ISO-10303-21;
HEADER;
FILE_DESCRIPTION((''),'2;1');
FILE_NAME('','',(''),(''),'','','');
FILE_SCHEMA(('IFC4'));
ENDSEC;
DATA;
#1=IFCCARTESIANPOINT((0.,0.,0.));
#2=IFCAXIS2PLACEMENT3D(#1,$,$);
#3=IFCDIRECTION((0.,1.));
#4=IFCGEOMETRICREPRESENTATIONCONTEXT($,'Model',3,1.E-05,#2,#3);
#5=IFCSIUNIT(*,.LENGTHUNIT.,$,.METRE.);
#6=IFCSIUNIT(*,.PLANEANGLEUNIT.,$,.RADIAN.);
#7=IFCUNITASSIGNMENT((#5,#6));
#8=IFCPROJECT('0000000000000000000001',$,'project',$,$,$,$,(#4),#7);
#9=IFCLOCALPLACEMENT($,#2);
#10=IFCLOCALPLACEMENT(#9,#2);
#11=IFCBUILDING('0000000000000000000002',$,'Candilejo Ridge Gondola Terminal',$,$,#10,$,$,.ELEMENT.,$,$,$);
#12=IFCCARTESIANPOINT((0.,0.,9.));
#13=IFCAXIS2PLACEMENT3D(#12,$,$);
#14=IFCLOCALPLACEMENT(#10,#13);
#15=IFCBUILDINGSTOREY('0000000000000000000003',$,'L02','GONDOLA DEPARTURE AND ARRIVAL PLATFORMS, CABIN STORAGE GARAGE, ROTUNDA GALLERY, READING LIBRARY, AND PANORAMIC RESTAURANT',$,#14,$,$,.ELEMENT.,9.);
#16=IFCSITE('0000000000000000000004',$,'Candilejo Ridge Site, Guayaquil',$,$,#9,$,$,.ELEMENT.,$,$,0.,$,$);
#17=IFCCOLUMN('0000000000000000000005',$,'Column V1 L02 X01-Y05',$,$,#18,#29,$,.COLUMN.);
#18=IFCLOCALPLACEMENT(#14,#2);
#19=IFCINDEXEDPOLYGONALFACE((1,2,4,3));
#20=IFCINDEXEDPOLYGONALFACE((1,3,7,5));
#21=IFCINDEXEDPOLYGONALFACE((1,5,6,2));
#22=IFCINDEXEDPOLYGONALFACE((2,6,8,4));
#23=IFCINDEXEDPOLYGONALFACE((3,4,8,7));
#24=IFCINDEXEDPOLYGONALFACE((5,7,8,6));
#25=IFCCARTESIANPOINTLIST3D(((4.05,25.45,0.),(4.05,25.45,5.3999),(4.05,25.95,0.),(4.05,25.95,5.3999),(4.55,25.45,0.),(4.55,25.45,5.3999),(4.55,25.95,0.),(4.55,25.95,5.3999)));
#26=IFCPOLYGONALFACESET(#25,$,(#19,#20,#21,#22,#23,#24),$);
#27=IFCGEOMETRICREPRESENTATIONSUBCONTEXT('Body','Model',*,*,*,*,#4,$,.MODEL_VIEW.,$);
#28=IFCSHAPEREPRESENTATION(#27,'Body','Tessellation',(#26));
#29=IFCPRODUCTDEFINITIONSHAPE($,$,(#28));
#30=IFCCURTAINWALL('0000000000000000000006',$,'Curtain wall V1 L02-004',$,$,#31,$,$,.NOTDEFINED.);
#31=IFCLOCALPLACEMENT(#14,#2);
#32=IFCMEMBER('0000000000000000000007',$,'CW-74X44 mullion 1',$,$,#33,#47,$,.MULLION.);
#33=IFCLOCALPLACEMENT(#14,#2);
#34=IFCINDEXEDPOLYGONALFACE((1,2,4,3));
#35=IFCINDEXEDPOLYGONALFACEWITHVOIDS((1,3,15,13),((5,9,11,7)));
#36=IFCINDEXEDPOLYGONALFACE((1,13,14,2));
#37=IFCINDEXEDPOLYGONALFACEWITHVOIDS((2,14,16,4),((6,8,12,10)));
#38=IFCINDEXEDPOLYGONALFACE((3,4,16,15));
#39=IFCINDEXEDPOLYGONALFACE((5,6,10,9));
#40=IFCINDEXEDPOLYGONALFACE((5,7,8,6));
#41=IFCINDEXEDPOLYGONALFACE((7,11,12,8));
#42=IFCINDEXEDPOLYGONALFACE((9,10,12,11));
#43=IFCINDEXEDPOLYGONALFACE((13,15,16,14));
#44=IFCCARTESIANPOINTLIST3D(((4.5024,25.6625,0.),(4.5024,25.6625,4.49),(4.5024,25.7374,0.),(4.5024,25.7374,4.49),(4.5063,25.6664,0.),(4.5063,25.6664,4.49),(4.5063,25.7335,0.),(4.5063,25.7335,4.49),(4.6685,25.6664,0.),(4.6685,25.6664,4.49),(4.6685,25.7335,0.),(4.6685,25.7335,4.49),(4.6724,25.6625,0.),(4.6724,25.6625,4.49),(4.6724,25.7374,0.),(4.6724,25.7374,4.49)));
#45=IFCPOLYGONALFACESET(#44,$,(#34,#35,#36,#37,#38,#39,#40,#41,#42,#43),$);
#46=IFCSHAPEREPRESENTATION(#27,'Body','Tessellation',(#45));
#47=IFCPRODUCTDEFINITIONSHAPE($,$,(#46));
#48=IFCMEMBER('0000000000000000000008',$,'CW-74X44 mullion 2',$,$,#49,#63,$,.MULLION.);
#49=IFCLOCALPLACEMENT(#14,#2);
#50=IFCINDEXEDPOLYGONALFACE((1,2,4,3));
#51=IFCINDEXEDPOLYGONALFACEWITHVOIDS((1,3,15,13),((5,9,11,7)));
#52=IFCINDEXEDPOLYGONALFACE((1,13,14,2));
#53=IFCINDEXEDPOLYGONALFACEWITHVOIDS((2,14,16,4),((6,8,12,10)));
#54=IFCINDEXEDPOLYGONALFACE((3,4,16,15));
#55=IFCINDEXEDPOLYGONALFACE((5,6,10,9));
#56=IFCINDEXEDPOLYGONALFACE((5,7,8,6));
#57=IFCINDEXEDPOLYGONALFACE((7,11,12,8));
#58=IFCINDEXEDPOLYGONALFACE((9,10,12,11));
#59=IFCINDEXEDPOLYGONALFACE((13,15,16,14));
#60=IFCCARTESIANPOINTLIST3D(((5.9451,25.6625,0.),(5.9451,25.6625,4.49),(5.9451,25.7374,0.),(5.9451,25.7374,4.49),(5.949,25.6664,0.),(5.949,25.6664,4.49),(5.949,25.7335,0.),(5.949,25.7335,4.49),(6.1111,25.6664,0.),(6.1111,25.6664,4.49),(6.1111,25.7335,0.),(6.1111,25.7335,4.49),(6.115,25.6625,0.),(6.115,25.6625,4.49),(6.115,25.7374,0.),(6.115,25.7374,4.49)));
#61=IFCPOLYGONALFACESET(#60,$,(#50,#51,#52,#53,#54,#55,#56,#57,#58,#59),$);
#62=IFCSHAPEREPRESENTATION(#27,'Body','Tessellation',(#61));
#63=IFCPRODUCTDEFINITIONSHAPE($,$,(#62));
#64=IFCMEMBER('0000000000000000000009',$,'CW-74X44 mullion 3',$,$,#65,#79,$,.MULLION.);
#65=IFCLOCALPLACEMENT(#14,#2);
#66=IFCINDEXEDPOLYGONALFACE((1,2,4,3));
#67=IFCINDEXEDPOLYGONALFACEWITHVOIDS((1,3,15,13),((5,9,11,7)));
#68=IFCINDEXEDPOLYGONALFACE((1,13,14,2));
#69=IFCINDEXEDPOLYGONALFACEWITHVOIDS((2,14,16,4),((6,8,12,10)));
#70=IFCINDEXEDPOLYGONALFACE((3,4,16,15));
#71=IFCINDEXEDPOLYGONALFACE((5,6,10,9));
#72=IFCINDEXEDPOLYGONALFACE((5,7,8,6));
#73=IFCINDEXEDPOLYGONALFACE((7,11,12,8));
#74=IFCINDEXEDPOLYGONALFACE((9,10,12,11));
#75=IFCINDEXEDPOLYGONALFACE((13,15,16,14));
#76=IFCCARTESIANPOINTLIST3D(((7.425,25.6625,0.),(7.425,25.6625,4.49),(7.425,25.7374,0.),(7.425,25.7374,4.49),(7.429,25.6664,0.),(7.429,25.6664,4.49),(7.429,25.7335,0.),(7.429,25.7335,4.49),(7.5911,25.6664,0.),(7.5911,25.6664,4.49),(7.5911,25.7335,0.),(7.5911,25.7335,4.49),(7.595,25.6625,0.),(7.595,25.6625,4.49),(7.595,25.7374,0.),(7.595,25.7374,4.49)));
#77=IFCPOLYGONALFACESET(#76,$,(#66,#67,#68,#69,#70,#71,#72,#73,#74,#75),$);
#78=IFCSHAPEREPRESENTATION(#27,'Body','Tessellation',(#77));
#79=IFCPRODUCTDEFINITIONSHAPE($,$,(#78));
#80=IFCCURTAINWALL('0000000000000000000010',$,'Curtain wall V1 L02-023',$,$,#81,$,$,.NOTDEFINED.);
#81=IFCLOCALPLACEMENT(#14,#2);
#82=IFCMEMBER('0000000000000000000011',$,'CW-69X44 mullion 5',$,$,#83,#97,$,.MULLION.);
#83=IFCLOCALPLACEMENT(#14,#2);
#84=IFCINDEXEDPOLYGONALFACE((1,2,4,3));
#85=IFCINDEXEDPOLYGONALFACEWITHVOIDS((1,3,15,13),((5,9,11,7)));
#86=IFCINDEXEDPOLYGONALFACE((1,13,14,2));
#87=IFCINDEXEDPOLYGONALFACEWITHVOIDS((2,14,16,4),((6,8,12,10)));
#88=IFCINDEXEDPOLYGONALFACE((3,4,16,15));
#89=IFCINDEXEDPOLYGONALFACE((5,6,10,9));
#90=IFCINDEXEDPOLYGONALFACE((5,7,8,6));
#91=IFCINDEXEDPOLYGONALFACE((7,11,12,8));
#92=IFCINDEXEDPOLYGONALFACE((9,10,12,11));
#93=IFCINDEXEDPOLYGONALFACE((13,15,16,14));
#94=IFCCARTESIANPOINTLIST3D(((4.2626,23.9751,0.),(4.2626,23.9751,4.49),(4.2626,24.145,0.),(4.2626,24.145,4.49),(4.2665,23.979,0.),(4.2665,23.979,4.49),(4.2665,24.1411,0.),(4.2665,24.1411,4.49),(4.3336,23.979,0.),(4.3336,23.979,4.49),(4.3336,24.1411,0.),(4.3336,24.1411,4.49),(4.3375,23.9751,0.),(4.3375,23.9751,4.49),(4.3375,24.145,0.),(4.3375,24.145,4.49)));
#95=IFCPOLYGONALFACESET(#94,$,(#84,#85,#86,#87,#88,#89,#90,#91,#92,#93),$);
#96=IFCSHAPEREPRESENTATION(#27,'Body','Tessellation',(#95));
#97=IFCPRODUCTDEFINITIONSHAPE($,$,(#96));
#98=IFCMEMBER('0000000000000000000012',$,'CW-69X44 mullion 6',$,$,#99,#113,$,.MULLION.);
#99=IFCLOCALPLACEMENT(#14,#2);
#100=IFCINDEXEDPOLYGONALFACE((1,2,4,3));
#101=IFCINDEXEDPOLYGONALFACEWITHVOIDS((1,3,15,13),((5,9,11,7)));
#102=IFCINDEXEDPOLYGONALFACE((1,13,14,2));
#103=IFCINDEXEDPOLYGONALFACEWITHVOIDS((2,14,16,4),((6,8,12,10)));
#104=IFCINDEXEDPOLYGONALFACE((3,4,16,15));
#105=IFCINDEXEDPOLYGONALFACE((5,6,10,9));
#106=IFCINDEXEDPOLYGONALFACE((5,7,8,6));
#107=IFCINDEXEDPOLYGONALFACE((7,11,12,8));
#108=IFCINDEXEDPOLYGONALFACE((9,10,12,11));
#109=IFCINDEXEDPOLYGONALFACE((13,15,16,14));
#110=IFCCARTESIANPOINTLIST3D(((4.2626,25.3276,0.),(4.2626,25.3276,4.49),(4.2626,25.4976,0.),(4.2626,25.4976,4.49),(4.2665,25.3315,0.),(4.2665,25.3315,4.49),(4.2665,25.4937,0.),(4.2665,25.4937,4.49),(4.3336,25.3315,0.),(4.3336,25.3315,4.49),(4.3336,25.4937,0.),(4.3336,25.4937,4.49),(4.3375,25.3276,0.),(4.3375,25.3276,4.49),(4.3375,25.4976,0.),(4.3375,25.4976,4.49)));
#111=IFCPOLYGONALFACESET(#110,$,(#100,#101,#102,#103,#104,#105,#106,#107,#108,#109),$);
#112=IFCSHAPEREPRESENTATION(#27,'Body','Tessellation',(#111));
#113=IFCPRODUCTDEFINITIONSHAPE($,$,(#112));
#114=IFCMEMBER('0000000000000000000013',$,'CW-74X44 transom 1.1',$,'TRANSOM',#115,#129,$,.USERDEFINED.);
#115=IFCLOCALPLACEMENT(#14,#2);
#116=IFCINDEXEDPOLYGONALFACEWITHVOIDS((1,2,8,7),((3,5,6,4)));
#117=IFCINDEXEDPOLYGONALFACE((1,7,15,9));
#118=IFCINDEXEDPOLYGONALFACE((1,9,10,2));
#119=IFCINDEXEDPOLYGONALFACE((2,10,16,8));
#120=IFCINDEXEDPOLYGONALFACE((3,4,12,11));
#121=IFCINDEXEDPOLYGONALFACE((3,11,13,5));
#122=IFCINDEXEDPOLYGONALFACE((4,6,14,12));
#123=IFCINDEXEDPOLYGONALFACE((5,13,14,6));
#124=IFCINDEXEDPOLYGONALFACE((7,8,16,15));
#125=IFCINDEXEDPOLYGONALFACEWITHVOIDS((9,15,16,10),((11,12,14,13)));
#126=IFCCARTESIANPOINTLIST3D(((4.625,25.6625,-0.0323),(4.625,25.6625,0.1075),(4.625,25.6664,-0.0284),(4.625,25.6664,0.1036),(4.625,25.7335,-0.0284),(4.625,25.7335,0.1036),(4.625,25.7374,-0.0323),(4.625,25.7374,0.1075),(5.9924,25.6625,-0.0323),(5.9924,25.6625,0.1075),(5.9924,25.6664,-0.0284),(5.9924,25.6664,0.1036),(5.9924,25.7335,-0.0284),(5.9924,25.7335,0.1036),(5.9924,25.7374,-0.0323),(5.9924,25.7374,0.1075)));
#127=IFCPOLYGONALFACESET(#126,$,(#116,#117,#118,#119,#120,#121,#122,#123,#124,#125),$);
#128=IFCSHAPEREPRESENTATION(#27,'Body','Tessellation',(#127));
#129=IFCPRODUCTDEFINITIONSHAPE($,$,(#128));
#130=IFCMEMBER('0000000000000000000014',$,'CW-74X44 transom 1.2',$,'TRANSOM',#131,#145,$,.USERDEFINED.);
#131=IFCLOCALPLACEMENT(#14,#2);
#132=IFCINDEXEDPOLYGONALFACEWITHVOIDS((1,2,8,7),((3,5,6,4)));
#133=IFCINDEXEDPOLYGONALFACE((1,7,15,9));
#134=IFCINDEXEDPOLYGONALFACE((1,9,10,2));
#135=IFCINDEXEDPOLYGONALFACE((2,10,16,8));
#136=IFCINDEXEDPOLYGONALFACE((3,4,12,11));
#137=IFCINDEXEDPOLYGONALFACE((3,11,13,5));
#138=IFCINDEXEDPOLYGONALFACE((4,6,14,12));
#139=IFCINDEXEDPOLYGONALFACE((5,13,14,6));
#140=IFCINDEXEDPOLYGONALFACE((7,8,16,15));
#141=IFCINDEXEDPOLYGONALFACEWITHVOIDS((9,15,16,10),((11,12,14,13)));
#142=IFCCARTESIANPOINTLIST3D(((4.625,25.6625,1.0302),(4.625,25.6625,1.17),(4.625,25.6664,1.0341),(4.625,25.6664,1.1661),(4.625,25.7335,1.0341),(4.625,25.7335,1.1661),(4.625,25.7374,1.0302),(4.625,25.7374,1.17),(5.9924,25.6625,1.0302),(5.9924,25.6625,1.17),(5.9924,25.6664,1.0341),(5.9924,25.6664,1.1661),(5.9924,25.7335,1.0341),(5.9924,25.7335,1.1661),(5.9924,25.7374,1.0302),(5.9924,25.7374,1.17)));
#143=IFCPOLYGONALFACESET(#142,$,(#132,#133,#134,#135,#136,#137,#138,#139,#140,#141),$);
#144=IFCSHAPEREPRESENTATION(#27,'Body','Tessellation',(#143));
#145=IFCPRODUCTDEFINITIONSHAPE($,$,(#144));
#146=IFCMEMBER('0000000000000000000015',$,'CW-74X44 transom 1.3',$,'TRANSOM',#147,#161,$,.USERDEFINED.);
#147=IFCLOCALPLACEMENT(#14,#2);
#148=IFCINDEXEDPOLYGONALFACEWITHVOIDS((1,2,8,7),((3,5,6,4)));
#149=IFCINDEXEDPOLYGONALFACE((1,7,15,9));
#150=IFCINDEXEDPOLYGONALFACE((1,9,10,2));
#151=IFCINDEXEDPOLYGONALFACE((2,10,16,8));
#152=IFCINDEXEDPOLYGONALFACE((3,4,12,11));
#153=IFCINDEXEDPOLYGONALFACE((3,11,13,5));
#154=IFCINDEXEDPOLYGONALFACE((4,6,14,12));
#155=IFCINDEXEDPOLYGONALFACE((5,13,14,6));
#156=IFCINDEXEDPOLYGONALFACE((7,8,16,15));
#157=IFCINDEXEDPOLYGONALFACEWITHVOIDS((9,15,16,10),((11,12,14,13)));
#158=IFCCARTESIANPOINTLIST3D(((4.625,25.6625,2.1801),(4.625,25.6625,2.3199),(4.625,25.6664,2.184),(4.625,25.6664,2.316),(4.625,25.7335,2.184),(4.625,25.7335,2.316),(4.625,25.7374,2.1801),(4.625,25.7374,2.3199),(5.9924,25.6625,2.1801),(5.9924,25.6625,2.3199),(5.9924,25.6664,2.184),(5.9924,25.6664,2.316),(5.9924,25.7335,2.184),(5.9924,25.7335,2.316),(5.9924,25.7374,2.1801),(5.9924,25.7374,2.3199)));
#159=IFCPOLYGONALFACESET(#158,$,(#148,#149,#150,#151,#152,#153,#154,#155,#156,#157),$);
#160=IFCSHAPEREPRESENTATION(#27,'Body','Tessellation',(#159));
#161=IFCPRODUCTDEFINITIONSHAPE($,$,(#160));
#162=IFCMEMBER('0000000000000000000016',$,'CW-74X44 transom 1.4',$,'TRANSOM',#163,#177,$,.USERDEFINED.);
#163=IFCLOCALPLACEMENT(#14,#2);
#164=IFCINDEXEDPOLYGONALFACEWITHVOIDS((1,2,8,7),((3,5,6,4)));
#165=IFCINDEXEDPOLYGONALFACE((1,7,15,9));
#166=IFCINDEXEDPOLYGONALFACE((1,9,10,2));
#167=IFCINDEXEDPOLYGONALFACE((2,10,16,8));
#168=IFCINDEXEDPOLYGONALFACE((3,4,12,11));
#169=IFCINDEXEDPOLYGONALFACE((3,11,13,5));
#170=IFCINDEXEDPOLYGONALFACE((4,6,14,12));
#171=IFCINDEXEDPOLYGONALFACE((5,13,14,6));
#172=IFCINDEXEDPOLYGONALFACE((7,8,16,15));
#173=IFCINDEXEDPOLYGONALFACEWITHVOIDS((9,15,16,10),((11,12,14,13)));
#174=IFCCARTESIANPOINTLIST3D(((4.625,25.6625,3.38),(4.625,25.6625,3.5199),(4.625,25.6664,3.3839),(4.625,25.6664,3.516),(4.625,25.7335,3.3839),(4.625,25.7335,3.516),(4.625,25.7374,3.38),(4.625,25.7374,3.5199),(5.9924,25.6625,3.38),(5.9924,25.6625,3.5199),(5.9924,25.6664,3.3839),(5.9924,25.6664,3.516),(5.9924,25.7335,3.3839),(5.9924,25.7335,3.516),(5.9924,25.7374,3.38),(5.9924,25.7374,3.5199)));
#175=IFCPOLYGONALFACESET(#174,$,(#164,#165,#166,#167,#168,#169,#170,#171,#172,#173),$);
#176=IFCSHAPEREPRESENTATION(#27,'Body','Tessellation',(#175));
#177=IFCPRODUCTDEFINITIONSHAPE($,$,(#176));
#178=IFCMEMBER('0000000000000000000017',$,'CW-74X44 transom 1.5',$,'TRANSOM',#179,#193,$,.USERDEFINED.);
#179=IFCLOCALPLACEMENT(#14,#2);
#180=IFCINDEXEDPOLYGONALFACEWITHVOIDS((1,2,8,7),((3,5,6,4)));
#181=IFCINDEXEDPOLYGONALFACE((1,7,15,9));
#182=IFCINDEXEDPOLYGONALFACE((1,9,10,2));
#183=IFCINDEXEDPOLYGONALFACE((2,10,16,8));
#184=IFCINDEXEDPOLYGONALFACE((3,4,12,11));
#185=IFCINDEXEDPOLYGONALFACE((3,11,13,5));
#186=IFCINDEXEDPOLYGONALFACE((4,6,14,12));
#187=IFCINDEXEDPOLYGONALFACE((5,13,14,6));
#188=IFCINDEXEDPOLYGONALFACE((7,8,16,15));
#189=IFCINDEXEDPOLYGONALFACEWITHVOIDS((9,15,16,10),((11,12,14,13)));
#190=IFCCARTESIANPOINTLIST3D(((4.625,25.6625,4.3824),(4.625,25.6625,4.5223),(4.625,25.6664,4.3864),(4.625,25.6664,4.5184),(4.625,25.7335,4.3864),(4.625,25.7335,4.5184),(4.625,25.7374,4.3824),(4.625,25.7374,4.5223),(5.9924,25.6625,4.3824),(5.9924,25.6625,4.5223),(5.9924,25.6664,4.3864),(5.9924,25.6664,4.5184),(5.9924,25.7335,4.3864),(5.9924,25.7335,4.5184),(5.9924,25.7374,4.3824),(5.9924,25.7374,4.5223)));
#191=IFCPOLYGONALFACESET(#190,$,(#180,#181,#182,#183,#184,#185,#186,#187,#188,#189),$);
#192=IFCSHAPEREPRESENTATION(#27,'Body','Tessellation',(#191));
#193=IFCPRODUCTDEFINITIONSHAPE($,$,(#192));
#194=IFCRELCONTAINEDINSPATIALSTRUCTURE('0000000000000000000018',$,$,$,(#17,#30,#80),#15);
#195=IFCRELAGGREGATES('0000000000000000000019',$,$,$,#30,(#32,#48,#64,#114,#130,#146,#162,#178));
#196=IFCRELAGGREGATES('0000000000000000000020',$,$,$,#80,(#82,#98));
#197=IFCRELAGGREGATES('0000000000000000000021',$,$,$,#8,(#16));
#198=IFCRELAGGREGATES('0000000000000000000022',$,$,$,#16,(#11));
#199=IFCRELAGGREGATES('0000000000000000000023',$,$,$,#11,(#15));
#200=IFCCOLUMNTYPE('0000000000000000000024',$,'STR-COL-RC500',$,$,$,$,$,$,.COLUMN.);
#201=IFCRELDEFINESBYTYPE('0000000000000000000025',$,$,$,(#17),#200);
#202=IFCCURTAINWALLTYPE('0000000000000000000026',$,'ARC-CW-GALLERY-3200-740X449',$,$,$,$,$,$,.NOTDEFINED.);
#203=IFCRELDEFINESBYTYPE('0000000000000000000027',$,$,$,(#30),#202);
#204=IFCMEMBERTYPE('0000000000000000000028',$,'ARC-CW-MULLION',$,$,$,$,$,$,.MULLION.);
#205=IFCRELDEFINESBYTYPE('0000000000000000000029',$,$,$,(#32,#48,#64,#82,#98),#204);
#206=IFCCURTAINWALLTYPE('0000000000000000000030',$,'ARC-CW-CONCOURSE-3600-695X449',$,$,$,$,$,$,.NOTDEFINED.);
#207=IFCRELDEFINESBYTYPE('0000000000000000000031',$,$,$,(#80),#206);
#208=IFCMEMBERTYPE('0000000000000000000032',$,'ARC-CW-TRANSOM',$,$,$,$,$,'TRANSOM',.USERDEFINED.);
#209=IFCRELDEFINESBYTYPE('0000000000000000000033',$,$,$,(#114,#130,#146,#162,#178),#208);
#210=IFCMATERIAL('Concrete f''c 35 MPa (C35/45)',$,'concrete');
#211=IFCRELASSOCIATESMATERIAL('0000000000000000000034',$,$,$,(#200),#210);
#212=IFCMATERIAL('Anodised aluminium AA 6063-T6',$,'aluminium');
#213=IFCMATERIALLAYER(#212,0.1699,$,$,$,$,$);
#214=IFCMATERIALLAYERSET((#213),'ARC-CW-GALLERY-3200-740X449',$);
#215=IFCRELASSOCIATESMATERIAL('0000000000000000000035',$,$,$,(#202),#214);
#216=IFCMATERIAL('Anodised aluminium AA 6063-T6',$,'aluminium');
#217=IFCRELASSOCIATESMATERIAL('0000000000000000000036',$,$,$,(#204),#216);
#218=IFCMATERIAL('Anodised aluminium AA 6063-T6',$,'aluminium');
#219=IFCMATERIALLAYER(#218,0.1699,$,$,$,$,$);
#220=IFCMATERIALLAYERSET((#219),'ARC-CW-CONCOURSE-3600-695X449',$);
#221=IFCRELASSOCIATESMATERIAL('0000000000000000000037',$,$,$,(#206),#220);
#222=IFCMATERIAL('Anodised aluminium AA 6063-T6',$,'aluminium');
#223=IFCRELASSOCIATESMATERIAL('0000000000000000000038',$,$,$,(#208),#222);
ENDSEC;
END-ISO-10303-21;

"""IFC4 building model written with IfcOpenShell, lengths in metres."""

from ifc_helpers import new_model, si_unit, direction, frame, origin, origin_2d, place, context, subcontext, project, spatial, rectangle, hollow_rectangle, extrude, material, layer, layer_set, material_profile, profile_set, type_object, element, aggregate, save


model = new_model("IFC4")

# Units and contexts
model_context = context("Model", 3, precision=1e-05, world=origin(), true_north=direction((0.0, 1.0)))
body_context = subcontext(model_context, "Body", "Model", "MODEL_VIEW")
ifc_project = project(units=[si_unit("LENGTHUNIT", "METRE"), si_unit("PLANEANGLEUNIT", "RADIAN")], contexts=[model_context])

# Site, building, storey
site_placement = place(None, origin())
site = spatial("IfcSite", under=ifc_project, at=site_placement, Name="Candilejo Ridge Site, Guayaquil", CompositionType="ELEMENT", RefElevation=0.0)
building_placement = place(site_placement, origin())
building = spatial("IfcBuilding", under=site, at=building_placement, Name="Candilejo Ridge Gondola Terminal", CompositionType="ELEMENT")
storey_placement = place(building_placement, frame((0.0, 0.0, 9.0)))
storey = spatial("IfcBuildingStorey", under=building, at=storey_placement, Name="L02", Description="GONDOLA DEPARTURE AND ARRIVAL PLATFORMS, CABIN STORAGE GARAGE, ROTUNDA GALLERY, READING LIBRARY, AND PANORAMIC RESTAURANT", CompositionType="ELEMENT", Elevation=9.0)

# Column
ifc_material_1 = material(Name="Concrete f'c 35 MPa (C35/45)", Category="concrete")
ifc_material_profile_1 = material_profile(ifc_material_1, rectangle(XDim=0.5, YDim=0.5, at=origin_2d()))
ifc_profile_set_1 = profile_set([ifc_material_profile_1], Name="Concrete f'c 35 MPa (C35/45)")
column_type = type_object("IfcColumnType", Name="STR-COL-RC500", PredefinedType="COLUMN", material=ifc_profile_set_1)
column_placement = place(storey_placement, frame((4.3, 25.7, 0.0), z_axis=(0.0, 0.0, 1.0), x_axis=(1.0, 0.0, 0.0)))
element("IfcColumn", 1, at=column_placement, inside=storey, type_object=column_type, Name="Column V1 L02 X01-Y05", PredefinedType="COLUMN", context=body_context, shape_type="SweptSolid", body=[
    extrude(rectangle(XDim=0.5, YDim=0.5, at=origin_2d()), origin(), (0.0, 0.0, 1.0), 5.3999),
])

# Curtain walls, members
ifc_material_2 = material(Name="Anodised aluminium AA 6063-T6", Category="aluminium")
ifc_layer_1 = layer(ifc_material_2, 0.1699)
ifc_layer_set_1 = layer_set([ifc_layer_1], Name="ARC-CW-GALLERY-3200-740X449")
curtain_wall_type_1 = type_object("IfcCurtainWallType", Name="ARC-CW-GALLERY-3200-740X449", PredefinedType="NOTDEFINED", material=ifc_layer_set_1)
curtain_wall_1_placement = place(storey_placement, origin())
curtain_wall_1 = element("IfcCurtainWall", 2, at=curtain_wall_1_placement, inside=storey, type_object=curtain_wall_type_1, Name="Curtain wall V1 L02-004", PredefinedType="NOTDEFINED")
ifc_material_3 = material(Name="Anodised aluminium AA 6063-T6", Category="aluminium")
ifc_material_profile_2 = material_profile(ifc_material_3, hollow_rectangle(XDim=0.075, YDim=0.1699, WallThickness=0.0039, at=origin_2d()))
ifc_profile_set_2 = profile_set([ifc_material_profile_2], Name="Anodised aluminium AA 6063-T6")
member_type_1 = type_object("IfcMemberType", Name="ARC-CW-MULLION", PredefinedType="MULLION", material=ifc_profile_set_2)
member_1_placement = place(storey_placement, frame((4.5874, 25.7, 0.0), z_axis=(0.0, 0.0, 1.0), x_axis=(0.0, 1.0, 0.0)))
member_1 = element("IfcMember", 3, at=member_1_placement, type_object=member_type_1, Name="CW-74X44 mullion 1", PredefinedType="MULLION", context=body_context, shape_type="SweptSolid", body=[
    extrude(hollow_rectangle(XDim=0.075, YDim=0.1699, WallThickness=0.0039, at=origin_2d()), origin(), (0.0, 0.0, 1.0), 4.49),
])
member_2_placement = place(storey_placement, frame((6.03, 25.7, 0.0), z_axis=(0.0, 0.0, 1.0), x_axis=(0.0, 1.0, 0.0)))
member_2 = element("IfcMember", 4, at=member_2_placement, type_object=member_type_1, Name="CW-74X44 mullion 2", PredefinedType="MULLION", context=body_context, shape_type="SweptSolid", body=[
    extrude(hollow_rectangle(XDim=0.075, YDim=0.1699, WallThickness=0.0039, at=origin_2d()), origin(), (0.0, 0.0, 1.0), 4.49),
])
member_3_placement = place(storey_placement, frame((7.51, 25.7, 0.0), z_axis=(0.0, 0.0, 1.0), x_axis=(0.0, 1.0, 0.0)))
member_3 = element("IfcMember", 5, at=member_3_placement, type_object=member_type_1, Name="CW-74X44 mullion 3", PredefinedType="MULLION", context=body_context, shape_type="SweptSolid", body=[
    extrude(hollow_rectangle(XDim=0.075, YDim=0.1699, WallThickness=0.0039, at=origin_2d()), origin(), (0.0, 0.0, 1.0), 4.49),
])
ifc_material_4 = material(Name="Anodised aluminium AA 6063-T6", Category="aluminium")
ifc_layer_2 = layer(ifc_material_4, 0.1699)
ifc_layer_set_2 = layer_set([ifc_layer_2], Name="ARC-CW-CONCOURSE-3600-695X449")
curtain_wall_type_2 = type_object("IfcCurtainWallType", Name="ARC-CW-CONCOURSE-3600-695X449", PredefinedType="NOTDEFINED", material=ifc_layer_set_2)
curtain_wall_2_placement = place(storey_placement, origin())
curtain_wall_2 = element("IfcCurtainWall", 6, at=curtain_wall_2_placement, inside=storey, type_object=curtain_wall_type_2, Name="Curtain wall V1 L02-023", PredefinedType="NOTDEFINED")
member_4_placement = place(storey_placement, frame((4.3, 24.0601, 0.0), z_axis=(0.0, 0.0, 1.0), x_axis=(-1.0, 0.0, 0.0)))
member_4 = element("IfcMember", 7, at=member_4_placement, type_object=member_type_1, Name="CW-69X44 mullion 5", PredefinedType="MULLION", context=body_context, shape_type="SweptSolid", body=[
    extrude(hollow_rectangle(XDim=0.075, YDim=0.1699, WallThickness=0.0039, at=origin_2d()), origin(), (0.0, 0.0, 1.0), 4.49),
])
member_5_placement = place(storey_placement, frame((4.3, 25.4126, 0.0), z_axis=(0.0, 0.0, 1.0), x_axis=(-1.0, 0.0, 0.0)))
member_5 = element("IfcMember", 8, at=member_5_placement, type_object=member_type_1, Name="CW-69X44 mullion 6", PredefinedType="MULLION", context=body_context, shape_type="SweptSolid", body=[
    extrude(hollow_rectangle(XDim=0.075, YDim=0.1699, WallThickness=0.0039, at=origin_2d()), origin(), (0.0, 0.0, 1.0), 4.49),
])

# Members
ifc_material_5 = material(Name="Anodised aluminium AA 6063-T6", Category="aluminium")
ifc_material_profile_3 = material_profile(ifc_material_5, hollow_rectangle(XDim=0.075, YDim=0.1399, WallThickness=0.0039, at=origin_2d()))
ifc_profile_set_3 = profile_set([ifc_material_profile_3], Name="Anodised aluminium AA 6063-T6")
member_type_2 = type_object("IfcMemberType", Name="ARC-CW-TRANSOM", ElementType="TRANSOM", PredefinedType="USERDEFINED", material=ifc_profile_set_3)
member_6_placement = place(storey_placement, frame((4.625, 25.7, 0.0376), z_axis=(1.0, 0.0, 0.0), x_axis=(0.0, 1.0, 0.0)))
member_6 = element("IfcMember", 9, at=member_6_placement, type_object=member_type_2, Name="CW-74X44 transom 1.1", ObjectType="TRANSOM", PredefinedType="USERDEFINED", context=body_context, shape_type="SweptSolid", body=[
    extrude(hollow_rectangle(XDim=0.075, YDim=0.1399, WallThickness=0.0039, at=origin_2d()), origin(), (0.0, 0.0, 1.0), 1.3674),
])
member_7_placement = place(storey_placement, frame((4.625, 25.7, 1.1001), z_axis=(1.0, 0.0, 0.0), x_axis=(0.0, 1.0, 0.0)))
member_7 = element("IfcMember", 10, at=member_7_placement, type_object=member_type_2, Name="CW-74X44 transom 1.2", ObjectType="TRANSOM", PredefinedType="USERDEFINED", context=body_context, shape_type="SweptSolid", body=[
    extrude(hollow_rectangle(XDim=0.075, YDim=0.1399, WallThickness=0.0039, at=origin_2d()), origin(), (0.0, 0.0, 1.0), 1.3674),
])
member_8_placement = place(storey_placement, frame((4.625, 25.7, 2.25), z_axis=(1.0, 0.0, 0.0), x_axis=(0.0, 1.0, 0.0)))
member_8 = element("IfcMember", 11, at=member_8_placement, type_object=member_type_2, Name="CW-74X44 transom 1.3", ObjectType="TRANSOM", PredefinedType="USERDEFINED", context=body_context, shape_type="SweptSolid", body=[
    extrude(hollow_rectangle(XDim=0.075, YDim=0.1399, WallThickness=0.0039, at=origin_2d()), origin(), (0.0, 0.0, 1.0), 1.3674),
])
member_9_placement = place(storey_placement, frame((4.625, 25.7, 3.45), z_axis=(1.0, 0.0, 0.0), x_axis=(0.0, 1.0, 0.0)))
member_9 = element("IfcMember", 12, at=member_9_placement, type_object=member_type_2, Name="CW-74X44 transom 1.4", ObjectType="TRANSOM", PredefinedType="USERDEFINED", context=body_context, shape_type="SweptSolid", body=[
    extrude(hollow_rectangle(XDim=0.075, YDim=0.1399, WallThickness=0.0039, at=origin_2d()), origin(), (0.0, 0.0, 1.0), 1.3674),
])
member_10_placement = place(storey_placement, frame((4.625, 25.7, 4.4524), z_axis=(1.0, 0.0, 0.0), x_axis=(0.0, 1.0, 0.0)))
member_10 = element("IfcMember", 13, at=member_10_placement, type_object=member_type_2, Name="CW-74X44 transom 1.5", ObjectType="TRANSOM", PredefinedType="USERDEFINED", context=body_context, shape_type="SweptSolid", body=[
    extrude(hollow_rectangle(XDim=0.075, YDim=0.1399, WallThickness=0.0039, at=origin_2d()), origin(), (0.0, 0.0, 1.0), 1.3674),
])

aggregate(curtain_wall_1, [member_1, member_2, member_3, member_6, member_7, member_8, member_9, member_10])
aggregate(curtain_wall_2, [member_4, member_5])

save(model, "model.ifc")
